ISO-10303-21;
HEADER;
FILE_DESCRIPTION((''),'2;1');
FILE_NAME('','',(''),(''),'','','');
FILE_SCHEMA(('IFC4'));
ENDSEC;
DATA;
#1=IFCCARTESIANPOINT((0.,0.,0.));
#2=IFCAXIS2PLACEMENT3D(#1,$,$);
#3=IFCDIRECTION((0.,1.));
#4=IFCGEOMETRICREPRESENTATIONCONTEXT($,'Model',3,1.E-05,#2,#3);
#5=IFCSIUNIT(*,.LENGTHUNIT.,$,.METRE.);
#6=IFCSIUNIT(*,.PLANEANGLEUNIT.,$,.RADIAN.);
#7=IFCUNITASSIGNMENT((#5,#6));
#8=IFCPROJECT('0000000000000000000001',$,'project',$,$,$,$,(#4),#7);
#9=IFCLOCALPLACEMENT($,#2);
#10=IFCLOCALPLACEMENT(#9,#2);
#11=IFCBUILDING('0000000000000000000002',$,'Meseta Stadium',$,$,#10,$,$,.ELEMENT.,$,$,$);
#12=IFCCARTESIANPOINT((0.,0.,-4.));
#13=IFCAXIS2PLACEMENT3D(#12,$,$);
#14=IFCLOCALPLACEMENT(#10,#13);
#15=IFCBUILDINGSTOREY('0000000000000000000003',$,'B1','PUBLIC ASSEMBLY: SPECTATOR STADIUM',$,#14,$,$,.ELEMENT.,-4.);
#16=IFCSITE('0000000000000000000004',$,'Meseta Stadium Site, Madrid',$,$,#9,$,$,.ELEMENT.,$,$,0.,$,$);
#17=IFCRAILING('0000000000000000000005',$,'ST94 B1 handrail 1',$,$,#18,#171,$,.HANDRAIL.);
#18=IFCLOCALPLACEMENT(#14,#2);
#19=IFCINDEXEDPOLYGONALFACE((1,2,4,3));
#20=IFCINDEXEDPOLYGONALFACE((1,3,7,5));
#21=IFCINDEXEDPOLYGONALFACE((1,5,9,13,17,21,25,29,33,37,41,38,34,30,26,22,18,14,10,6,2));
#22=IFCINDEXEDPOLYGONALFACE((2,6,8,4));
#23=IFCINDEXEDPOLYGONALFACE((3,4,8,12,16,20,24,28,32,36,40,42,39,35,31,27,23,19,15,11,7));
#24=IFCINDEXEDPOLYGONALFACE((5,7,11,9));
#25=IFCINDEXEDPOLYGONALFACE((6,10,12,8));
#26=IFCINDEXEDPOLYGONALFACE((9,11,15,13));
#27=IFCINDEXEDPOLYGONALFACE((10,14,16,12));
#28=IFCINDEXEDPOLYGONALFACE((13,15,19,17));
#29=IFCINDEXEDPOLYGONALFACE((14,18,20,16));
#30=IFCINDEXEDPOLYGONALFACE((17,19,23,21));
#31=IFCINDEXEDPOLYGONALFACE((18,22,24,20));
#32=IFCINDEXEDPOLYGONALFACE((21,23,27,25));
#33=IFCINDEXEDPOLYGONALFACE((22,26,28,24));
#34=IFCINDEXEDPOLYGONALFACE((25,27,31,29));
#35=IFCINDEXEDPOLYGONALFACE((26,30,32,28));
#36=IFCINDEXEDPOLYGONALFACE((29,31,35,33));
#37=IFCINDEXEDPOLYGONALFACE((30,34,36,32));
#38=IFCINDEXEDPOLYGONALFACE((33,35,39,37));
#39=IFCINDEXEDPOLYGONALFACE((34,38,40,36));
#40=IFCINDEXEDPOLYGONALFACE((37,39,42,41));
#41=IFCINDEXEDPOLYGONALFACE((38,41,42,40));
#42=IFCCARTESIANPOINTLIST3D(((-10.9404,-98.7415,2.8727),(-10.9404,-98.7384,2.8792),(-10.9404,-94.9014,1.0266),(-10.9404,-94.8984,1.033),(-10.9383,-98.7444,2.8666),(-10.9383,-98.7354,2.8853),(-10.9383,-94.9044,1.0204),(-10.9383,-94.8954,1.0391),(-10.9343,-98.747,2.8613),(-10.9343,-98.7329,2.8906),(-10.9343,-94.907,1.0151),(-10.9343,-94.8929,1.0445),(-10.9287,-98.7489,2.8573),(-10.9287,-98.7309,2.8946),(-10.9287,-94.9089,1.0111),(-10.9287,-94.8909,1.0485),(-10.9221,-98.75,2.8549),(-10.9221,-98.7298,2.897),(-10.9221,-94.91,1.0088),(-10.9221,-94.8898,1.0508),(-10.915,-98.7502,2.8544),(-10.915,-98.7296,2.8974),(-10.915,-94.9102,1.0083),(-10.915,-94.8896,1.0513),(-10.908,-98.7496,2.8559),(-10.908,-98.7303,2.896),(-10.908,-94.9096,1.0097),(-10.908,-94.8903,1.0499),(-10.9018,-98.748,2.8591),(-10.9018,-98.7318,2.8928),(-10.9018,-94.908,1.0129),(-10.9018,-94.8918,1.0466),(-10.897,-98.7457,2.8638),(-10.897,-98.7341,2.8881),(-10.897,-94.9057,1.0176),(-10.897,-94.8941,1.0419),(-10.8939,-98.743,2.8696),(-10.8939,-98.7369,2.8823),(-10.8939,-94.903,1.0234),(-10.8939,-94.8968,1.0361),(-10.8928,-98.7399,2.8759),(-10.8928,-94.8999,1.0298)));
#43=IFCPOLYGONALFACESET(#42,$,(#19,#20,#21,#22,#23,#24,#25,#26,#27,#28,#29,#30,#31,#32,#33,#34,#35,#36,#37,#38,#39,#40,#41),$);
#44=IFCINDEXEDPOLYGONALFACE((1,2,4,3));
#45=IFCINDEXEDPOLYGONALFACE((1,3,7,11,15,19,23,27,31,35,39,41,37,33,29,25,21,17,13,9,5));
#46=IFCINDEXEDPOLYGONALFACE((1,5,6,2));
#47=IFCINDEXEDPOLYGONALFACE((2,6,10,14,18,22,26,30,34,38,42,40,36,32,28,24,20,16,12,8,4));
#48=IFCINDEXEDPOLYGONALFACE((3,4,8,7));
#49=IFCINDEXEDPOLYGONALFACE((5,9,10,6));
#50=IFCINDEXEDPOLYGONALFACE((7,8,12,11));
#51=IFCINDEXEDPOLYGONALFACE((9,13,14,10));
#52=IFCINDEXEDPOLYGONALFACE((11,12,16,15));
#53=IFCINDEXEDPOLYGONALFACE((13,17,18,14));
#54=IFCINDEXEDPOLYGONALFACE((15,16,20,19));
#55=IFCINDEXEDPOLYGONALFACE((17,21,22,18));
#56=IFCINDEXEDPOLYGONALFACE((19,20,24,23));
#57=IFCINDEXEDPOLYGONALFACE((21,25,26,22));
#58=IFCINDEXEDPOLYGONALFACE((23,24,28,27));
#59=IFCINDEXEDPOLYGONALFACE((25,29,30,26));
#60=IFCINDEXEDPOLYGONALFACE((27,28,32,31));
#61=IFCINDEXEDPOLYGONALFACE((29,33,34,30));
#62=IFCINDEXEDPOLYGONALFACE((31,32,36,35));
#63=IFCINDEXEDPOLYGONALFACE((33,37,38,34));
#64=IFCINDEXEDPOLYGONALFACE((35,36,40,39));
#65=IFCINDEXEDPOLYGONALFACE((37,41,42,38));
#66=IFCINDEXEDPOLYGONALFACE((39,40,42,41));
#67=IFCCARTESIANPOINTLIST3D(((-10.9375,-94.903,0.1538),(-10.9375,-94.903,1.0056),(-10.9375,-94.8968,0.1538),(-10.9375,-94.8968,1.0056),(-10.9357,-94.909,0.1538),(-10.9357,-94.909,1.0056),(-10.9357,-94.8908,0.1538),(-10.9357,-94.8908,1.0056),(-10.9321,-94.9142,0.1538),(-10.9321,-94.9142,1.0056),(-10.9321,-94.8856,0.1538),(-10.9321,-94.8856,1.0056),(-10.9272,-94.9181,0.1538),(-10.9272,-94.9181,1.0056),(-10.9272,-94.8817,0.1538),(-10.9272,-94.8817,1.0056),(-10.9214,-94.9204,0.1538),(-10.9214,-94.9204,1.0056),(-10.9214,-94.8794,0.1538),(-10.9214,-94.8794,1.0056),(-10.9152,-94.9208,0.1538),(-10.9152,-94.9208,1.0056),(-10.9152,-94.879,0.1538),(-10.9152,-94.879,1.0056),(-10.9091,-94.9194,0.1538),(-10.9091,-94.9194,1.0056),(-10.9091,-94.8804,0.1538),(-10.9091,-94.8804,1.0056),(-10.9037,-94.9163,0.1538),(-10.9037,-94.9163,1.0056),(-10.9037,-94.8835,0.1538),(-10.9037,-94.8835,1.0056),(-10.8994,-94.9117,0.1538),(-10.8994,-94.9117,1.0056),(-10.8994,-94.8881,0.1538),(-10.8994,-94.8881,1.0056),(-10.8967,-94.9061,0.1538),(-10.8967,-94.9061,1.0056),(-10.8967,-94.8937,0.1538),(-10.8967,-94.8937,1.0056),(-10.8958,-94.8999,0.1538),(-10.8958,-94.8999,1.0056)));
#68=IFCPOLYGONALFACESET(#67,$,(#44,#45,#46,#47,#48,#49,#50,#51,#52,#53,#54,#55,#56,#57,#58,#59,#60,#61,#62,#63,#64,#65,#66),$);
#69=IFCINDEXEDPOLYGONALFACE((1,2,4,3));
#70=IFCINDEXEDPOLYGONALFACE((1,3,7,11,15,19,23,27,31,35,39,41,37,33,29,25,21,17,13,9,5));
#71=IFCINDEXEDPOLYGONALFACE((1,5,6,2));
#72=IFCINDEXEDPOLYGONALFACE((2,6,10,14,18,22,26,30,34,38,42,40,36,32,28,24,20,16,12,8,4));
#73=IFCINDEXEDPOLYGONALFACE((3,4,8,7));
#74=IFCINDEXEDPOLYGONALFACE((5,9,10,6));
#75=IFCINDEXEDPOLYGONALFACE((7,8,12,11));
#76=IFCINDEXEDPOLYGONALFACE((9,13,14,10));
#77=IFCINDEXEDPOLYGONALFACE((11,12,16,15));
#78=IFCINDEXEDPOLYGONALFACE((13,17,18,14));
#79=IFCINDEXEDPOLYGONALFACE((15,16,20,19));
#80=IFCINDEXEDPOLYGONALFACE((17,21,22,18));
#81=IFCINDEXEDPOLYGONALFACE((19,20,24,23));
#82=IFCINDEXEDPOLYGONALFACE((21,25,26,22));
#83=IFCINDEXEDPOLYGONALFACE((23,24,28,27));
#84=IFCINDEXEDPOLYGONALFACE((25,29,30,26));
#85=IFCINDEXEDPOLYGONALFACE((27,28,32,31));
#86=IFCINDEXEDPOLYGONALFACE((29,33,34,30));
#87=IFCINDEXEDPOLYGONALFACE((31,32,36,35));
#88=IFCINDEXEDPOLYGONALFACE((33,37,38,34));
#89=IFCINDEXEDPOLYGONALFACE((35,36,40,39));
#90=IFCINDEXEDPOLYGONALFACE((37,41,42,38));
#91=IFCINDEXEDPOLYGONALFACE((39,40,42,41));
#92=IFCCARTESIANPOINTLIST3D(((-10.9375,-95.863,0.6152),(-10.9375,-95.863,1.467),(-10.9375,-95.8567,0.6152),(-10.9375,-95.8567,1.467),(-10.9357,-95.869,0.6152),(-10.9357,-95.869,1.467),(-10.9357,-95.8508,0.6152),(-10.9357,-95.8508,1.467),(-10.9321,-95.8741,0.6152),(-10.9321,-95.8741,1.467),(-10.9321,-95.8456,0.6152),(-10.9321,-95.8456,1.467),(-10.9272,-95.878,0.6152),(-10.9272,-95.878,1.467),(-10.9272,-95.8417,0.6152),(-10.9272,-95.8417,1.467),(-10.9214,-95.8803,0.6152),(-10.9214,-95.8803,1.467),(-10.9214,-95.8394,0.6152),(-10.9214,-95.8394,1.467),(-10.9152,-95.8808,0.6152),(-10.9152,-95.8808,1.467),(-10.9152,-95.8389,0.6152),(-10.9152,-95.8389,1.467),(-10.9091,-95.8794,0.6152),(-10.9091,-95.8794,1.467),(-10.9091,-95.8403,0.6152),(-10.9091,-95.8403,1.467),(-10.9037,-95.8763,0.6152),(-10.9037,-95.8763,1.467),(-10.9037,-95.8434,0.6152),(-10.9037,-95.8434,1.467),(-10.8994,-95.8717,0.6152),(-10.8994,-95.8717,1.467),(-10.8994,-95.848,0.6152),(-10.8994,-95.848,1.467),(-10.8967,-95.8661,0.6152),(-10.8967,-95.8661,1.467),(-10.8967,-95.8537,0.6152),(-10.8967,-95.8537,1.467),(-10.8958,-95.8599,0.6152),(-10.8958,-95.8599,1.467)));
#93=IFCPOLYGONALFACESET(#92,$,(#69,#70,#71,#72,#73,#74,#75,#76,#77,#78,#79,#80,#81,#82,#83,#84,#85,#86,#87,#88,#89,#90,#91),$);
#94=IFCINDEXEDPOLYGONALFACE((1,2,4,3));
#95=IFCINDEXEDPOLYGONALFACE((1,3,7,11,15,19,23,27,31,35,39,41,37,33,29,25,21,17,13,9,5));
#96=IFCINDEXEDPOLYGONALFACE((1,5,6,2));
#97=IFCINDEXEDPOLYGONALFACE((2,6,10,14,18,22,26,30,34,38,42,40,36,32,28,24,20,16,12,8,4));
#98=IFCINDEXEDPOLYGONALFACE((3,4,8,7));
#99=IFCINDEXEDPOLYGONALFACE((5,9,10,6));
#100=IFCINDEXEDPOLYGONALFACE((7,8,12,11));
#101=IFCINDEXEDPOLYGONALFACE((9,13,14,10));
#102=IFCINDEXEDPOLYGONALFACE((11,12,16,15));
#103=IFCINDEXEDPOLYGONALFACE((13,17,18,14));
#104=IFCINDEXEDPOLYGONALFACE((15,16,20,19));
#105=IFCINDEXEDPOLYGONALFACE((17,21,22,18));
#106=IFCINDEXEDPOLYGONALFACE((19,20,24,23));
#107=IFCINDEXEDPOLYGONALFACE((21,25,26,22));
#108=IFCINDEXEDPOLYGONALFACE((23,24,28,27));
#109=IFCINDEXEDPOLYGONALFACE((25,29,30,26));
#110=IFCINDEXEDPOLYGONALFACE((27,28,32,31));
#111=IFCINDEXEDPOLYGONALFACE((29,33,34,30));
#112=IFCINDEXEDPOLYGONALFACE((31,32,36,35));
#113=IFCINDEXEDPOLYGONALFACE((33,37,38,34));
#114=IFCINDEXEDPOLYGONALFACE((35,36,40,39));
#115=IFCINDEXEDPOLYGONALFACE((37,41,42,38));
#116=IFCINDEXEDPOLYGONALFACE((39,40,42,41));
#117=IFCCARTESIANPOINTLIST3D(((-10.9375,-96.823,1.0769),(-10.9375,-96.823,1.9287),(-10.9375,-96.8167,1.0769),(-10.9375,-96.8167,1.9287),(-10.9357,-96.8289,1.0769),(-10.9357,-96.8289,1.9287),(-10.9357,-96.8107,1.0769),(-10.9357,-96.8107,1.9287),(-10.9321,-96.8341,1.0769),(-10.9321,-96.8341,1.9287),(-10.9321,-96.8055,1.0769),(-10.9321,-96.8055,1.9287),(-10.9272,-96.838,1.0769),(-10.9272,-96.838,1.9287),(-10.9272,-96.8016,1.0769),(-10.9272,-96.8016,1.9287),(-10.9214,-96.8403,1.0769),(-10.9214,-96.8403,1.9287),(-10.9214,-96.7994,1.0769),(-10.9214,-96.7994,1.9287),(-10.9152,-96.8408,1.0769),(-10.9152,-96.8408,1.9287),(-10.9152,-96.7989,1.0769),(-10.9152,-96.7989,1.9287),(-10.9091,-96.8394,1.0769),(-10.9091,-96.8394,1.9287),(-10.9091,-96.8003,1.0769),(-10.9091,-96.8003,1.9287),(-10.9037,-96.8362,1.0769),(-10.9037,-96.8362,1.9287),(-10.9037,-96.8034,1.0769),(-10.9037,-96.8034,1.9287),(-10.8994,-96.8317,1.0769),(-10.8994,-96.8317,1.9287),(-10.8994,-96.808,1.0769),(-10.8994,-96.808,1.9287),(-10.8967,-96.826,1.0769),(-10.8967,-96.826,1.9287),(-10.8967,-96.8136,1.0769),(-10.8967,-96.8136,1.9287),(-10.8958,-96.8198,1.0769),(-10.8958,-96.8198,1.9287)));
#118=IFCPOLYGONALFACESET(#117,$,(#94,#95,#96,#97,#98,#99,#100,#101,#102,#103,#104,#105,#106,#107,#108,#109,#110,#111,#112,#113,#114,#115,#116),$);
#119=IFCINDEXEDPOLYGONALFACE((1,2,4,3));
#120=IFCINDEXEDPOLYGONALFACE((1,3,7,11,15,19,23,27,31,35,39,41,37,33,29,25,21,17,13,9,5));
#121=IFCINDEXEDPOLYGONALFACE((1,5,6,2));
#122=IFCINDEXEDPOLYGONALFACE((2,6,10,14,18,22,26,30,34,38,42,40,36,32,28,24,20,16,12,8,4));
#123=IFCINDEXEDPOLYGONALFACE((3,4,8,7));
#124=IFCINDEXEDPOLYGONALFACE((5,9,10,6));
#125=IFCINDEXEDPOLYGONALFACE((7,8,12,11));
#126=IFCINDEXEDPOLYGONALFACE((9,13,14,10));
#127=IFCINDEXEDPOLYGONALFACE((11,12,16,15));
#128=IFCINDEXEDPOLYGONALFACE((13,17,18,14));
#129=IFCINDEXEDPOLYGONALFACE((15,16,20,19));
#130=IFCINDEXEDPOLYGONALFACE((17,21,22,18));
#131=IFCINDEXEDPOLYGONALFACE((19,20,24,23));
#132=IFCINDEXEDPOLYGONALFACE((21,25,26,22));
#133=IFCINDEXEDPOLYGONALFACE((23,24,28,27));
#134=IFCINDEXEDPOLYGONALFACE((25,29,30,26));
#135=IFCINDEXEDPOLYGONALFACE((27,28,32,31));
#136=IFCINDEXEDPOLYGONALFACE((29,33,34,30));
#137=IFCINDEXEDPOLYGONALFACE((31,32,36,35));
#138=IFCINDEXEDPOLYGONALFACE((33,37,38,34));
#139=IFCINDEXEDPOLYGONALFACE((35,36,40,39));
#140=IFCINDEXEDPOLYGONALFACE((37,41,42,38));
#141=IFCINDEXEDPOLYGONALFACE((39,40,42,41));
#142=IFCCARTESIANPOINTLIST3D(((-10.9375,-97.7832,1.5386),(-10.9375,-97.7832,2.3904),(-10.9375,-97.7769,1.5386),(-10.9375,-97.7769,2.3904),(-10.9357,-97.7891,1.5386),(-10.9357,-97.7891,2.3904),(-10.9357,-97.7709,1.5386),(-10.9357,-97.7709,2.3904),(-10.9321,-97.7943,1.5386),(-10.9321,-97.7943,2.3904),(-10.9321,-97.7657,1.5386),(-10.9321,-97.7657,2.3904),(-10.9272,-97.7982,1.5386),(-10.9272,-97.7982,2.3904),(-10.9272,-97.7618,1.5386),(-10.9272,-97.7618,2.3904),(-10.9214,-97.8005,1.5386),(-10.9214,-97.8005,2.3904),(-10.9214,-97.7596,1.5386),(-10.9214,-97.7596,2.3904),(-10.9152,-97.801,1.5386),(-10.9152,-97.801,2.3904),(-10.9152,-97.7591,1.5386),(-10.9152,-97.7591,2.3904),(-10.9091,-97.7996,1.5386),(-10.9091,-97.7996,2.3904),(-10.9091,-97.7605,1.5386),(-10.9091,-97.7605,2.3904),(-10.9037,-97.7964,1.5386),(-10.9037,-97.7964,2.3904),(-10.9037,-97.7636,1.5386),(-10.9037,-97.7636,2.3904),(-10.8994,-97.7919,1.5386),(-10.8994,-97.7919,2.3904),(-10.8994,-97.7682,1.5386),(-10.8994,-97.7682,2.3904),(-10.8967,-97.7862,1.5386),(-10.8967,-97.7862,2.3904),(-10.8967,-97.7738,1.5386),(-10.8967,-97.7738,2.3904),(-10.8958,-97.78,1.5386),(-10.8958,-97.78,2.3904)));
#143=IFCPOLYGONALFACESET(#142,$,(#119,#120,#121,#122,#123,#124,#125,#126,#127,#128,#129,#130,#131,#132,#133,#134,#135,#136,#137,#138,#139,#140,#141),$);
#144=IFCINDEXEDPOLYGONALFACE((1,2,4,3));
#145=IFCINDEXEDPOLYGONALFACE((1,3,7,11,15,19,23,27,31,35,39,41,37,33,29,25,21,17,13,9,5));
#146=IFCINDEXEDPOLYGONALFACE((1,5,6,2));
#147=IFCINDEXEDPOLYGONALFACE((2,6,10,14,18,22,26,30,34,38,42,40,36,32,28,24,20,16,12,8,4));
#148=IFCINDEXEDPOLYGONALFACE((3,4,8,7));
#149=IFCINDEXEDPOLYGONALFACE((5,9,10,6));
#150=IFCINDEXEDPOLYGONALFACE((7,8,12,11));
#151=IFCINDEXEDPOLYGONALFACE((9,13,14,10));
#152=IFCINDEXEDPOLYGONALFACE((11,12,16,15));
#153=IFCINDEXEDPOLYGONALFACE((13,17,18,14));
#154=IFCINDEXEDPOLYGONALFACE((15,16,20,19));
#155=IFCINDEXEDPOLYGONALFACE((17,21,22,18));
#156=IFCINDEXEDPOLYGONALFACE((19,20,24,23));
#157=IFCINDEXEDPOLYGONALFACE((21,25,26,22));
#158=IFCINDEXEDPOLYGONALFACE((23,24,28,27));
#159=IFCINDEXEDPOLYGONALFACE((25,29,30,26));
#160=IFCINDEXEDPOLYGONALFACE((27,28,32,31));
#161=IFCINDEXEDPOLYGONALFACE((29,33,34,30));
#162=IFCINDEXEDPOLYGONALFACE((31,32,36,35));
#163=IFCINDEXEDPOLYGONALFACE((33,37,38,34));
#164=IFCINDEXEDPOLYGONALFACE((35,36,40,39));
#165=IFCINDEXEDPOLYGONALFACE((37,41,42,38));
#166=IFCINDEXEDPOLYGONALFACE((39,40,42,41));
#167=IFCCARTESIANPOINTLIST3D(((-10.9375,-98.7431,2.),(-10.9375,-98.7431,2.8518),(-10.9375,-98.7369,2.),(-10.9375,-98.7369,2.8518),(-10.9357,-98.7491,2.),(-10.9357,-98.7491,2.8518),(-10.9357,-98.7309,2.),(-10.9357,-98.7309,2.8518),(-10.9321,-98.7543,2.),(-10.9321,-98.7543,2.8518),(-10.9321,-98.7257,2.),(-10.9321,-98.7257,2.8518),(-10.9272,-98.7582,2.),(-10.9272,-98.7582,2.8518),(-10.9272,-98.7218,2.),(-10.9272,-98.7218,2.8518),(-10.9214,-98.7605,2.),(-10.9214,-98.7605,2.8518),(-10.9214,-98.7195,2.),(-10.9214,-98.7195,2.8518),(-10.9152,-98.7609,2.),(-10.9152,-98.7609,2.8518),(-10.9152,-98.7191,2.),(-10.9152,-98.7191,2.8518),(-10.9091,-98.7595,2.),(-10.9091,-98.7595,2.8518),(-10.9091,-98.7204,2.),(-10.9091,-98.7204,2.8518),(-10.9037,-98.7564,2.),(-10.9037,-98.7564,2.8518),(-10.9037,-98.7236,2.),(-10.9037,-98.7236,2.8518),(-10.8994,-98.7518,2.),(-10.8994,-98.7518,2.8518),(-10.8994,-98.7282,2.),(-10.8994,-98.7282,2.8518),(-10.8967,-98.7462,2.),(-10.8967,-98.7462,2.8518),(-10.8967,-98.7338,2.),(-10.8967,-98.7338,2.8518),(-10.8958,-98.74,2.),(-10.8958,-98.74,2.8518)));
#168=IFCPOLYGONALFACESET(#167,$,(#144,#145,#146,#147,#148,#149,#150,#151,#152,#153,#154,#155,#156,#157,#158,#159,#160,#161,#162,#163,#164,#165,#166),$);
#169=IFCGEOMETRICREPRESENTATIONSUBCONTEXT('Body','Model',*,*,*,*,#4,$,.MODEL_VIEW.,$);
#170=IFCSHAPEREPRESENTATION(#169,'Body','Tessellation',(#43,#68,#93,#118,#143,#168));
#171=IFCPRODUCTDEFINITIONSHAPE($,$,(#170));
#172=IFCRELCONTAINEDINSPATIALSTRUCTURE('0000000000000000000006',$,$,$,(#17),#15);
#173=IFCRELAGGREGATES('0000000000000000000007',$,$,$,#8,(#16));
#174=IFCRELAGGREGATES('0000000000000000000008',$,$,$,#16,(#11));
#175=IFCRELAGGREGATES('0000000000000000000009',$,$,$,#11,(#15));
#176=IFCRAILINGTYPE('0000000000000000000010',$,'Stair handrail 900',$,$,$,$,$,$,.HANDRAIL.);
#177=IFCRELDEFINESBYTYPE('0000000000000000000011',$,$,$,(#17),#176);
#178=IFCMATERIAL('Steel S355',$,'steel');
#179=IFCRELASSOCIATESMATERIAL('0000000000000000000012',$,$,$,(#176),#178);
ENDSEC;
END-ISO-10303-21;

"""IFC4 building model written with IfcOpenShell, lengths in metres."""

from ifc_helpers import new_model, si_unit, direction, frame, origin, origin_2d, place, context, subcontext, project, spatial, circle, extrude, material, type_object, element, save


model = new_model("IFC4")

# Units and contexts
model_context = context("Model", 3, precision=1e-05, world=origin(), true_north=direction((0.0, 1.0)))
body_context = subcontext(model_context, "Body", "Model", "MODEL_VIEW")
ifc_project = project(units=[si_unit("LENGTHUNIT", "METRE"), si_unit("PLANEANGLEUNIT", "RADIAN")], contexts=[model_context])

# Site, building, storey
site_placement = place(None, origin())
site = spatial("IfcSite", under=ifc_project, at=site_placement, Name="Meseta Stadium Site, Madrid", CompositionType="ELEMENT", RefElevation=0.0)
building_placement = place(site_placement, origin())
building = spatial("IfcBuilding", under=site, at=building_placement, Name="Meseta Stadium", CompositionType="ELEMENT")
storey_placement = place(building_placement, frame((0.0, 0.0, -4.0)))
storey = spatial("IfcBuildingStorey", under=building, at=storey_placement, Name="B1", Description="PUBLIC ASSEMBLY: SPECTATOR STADIUM", CompositionType="ELEMENT", Elevation=-4.0)

# Railing
ifc_material_1 = material(Name="Steel S355", Category="steel")
railing_type_1 = type_object("IfcRailingType", Name="Stair handrail 900", PredefinedType="HANDRAIL", material=ifc_material_1)
railing_1_placement = place(storey_placement, frame((-10.9167, -94.8999, 0.1538)))
element("IfcRailing", 1, at=railing_1_placement, inside=storey, type_object=railing_type_1, Name="ST94 B1 handrail 1", PredefinedType="HANDRAIL", context=body_context, shape_type="SweptSolid", body=[
    extrude(circle(Radius=0.0239, at=origin_2d()), frame((0.0, 0.0, 0.876), z_axis=(0.0, -0.901253, 0.433294), x_axis=(1.0, 0.0, 0.0)), (0.0, 0.0, 1.0), 4.2607),
    extrude(circle(Radius=0.021, at=origin_2d()), origin(), (0.0, 0.0, 1.0), 0.8518),
    extrude(circle(Radius=0.021, at=origin_2d()), frame((0.0, -0.96, 0.4614)), (0.0, 0.0, 1.0), 0.8518),
    extrude(circle(Radius=0.021, at=origin_2d()), frame((0.0, -1.9199, 0.9231)), (0.0, 0.0, 1.0), 0.8518),
    extrude(circle(Radius=0.021, at=origin_2d()), frame((0.0, -2.8801, 1.3848)), (0.0, 0.0, 1.0), 0.8518),
    extrude(circle(Radius=0.021, at=origin_2d()), frame((0.0, -3.8401, 1.8462)), (0.0, 0.0, 1.0), 0.8518),
])

save(model, "model.ifc")
